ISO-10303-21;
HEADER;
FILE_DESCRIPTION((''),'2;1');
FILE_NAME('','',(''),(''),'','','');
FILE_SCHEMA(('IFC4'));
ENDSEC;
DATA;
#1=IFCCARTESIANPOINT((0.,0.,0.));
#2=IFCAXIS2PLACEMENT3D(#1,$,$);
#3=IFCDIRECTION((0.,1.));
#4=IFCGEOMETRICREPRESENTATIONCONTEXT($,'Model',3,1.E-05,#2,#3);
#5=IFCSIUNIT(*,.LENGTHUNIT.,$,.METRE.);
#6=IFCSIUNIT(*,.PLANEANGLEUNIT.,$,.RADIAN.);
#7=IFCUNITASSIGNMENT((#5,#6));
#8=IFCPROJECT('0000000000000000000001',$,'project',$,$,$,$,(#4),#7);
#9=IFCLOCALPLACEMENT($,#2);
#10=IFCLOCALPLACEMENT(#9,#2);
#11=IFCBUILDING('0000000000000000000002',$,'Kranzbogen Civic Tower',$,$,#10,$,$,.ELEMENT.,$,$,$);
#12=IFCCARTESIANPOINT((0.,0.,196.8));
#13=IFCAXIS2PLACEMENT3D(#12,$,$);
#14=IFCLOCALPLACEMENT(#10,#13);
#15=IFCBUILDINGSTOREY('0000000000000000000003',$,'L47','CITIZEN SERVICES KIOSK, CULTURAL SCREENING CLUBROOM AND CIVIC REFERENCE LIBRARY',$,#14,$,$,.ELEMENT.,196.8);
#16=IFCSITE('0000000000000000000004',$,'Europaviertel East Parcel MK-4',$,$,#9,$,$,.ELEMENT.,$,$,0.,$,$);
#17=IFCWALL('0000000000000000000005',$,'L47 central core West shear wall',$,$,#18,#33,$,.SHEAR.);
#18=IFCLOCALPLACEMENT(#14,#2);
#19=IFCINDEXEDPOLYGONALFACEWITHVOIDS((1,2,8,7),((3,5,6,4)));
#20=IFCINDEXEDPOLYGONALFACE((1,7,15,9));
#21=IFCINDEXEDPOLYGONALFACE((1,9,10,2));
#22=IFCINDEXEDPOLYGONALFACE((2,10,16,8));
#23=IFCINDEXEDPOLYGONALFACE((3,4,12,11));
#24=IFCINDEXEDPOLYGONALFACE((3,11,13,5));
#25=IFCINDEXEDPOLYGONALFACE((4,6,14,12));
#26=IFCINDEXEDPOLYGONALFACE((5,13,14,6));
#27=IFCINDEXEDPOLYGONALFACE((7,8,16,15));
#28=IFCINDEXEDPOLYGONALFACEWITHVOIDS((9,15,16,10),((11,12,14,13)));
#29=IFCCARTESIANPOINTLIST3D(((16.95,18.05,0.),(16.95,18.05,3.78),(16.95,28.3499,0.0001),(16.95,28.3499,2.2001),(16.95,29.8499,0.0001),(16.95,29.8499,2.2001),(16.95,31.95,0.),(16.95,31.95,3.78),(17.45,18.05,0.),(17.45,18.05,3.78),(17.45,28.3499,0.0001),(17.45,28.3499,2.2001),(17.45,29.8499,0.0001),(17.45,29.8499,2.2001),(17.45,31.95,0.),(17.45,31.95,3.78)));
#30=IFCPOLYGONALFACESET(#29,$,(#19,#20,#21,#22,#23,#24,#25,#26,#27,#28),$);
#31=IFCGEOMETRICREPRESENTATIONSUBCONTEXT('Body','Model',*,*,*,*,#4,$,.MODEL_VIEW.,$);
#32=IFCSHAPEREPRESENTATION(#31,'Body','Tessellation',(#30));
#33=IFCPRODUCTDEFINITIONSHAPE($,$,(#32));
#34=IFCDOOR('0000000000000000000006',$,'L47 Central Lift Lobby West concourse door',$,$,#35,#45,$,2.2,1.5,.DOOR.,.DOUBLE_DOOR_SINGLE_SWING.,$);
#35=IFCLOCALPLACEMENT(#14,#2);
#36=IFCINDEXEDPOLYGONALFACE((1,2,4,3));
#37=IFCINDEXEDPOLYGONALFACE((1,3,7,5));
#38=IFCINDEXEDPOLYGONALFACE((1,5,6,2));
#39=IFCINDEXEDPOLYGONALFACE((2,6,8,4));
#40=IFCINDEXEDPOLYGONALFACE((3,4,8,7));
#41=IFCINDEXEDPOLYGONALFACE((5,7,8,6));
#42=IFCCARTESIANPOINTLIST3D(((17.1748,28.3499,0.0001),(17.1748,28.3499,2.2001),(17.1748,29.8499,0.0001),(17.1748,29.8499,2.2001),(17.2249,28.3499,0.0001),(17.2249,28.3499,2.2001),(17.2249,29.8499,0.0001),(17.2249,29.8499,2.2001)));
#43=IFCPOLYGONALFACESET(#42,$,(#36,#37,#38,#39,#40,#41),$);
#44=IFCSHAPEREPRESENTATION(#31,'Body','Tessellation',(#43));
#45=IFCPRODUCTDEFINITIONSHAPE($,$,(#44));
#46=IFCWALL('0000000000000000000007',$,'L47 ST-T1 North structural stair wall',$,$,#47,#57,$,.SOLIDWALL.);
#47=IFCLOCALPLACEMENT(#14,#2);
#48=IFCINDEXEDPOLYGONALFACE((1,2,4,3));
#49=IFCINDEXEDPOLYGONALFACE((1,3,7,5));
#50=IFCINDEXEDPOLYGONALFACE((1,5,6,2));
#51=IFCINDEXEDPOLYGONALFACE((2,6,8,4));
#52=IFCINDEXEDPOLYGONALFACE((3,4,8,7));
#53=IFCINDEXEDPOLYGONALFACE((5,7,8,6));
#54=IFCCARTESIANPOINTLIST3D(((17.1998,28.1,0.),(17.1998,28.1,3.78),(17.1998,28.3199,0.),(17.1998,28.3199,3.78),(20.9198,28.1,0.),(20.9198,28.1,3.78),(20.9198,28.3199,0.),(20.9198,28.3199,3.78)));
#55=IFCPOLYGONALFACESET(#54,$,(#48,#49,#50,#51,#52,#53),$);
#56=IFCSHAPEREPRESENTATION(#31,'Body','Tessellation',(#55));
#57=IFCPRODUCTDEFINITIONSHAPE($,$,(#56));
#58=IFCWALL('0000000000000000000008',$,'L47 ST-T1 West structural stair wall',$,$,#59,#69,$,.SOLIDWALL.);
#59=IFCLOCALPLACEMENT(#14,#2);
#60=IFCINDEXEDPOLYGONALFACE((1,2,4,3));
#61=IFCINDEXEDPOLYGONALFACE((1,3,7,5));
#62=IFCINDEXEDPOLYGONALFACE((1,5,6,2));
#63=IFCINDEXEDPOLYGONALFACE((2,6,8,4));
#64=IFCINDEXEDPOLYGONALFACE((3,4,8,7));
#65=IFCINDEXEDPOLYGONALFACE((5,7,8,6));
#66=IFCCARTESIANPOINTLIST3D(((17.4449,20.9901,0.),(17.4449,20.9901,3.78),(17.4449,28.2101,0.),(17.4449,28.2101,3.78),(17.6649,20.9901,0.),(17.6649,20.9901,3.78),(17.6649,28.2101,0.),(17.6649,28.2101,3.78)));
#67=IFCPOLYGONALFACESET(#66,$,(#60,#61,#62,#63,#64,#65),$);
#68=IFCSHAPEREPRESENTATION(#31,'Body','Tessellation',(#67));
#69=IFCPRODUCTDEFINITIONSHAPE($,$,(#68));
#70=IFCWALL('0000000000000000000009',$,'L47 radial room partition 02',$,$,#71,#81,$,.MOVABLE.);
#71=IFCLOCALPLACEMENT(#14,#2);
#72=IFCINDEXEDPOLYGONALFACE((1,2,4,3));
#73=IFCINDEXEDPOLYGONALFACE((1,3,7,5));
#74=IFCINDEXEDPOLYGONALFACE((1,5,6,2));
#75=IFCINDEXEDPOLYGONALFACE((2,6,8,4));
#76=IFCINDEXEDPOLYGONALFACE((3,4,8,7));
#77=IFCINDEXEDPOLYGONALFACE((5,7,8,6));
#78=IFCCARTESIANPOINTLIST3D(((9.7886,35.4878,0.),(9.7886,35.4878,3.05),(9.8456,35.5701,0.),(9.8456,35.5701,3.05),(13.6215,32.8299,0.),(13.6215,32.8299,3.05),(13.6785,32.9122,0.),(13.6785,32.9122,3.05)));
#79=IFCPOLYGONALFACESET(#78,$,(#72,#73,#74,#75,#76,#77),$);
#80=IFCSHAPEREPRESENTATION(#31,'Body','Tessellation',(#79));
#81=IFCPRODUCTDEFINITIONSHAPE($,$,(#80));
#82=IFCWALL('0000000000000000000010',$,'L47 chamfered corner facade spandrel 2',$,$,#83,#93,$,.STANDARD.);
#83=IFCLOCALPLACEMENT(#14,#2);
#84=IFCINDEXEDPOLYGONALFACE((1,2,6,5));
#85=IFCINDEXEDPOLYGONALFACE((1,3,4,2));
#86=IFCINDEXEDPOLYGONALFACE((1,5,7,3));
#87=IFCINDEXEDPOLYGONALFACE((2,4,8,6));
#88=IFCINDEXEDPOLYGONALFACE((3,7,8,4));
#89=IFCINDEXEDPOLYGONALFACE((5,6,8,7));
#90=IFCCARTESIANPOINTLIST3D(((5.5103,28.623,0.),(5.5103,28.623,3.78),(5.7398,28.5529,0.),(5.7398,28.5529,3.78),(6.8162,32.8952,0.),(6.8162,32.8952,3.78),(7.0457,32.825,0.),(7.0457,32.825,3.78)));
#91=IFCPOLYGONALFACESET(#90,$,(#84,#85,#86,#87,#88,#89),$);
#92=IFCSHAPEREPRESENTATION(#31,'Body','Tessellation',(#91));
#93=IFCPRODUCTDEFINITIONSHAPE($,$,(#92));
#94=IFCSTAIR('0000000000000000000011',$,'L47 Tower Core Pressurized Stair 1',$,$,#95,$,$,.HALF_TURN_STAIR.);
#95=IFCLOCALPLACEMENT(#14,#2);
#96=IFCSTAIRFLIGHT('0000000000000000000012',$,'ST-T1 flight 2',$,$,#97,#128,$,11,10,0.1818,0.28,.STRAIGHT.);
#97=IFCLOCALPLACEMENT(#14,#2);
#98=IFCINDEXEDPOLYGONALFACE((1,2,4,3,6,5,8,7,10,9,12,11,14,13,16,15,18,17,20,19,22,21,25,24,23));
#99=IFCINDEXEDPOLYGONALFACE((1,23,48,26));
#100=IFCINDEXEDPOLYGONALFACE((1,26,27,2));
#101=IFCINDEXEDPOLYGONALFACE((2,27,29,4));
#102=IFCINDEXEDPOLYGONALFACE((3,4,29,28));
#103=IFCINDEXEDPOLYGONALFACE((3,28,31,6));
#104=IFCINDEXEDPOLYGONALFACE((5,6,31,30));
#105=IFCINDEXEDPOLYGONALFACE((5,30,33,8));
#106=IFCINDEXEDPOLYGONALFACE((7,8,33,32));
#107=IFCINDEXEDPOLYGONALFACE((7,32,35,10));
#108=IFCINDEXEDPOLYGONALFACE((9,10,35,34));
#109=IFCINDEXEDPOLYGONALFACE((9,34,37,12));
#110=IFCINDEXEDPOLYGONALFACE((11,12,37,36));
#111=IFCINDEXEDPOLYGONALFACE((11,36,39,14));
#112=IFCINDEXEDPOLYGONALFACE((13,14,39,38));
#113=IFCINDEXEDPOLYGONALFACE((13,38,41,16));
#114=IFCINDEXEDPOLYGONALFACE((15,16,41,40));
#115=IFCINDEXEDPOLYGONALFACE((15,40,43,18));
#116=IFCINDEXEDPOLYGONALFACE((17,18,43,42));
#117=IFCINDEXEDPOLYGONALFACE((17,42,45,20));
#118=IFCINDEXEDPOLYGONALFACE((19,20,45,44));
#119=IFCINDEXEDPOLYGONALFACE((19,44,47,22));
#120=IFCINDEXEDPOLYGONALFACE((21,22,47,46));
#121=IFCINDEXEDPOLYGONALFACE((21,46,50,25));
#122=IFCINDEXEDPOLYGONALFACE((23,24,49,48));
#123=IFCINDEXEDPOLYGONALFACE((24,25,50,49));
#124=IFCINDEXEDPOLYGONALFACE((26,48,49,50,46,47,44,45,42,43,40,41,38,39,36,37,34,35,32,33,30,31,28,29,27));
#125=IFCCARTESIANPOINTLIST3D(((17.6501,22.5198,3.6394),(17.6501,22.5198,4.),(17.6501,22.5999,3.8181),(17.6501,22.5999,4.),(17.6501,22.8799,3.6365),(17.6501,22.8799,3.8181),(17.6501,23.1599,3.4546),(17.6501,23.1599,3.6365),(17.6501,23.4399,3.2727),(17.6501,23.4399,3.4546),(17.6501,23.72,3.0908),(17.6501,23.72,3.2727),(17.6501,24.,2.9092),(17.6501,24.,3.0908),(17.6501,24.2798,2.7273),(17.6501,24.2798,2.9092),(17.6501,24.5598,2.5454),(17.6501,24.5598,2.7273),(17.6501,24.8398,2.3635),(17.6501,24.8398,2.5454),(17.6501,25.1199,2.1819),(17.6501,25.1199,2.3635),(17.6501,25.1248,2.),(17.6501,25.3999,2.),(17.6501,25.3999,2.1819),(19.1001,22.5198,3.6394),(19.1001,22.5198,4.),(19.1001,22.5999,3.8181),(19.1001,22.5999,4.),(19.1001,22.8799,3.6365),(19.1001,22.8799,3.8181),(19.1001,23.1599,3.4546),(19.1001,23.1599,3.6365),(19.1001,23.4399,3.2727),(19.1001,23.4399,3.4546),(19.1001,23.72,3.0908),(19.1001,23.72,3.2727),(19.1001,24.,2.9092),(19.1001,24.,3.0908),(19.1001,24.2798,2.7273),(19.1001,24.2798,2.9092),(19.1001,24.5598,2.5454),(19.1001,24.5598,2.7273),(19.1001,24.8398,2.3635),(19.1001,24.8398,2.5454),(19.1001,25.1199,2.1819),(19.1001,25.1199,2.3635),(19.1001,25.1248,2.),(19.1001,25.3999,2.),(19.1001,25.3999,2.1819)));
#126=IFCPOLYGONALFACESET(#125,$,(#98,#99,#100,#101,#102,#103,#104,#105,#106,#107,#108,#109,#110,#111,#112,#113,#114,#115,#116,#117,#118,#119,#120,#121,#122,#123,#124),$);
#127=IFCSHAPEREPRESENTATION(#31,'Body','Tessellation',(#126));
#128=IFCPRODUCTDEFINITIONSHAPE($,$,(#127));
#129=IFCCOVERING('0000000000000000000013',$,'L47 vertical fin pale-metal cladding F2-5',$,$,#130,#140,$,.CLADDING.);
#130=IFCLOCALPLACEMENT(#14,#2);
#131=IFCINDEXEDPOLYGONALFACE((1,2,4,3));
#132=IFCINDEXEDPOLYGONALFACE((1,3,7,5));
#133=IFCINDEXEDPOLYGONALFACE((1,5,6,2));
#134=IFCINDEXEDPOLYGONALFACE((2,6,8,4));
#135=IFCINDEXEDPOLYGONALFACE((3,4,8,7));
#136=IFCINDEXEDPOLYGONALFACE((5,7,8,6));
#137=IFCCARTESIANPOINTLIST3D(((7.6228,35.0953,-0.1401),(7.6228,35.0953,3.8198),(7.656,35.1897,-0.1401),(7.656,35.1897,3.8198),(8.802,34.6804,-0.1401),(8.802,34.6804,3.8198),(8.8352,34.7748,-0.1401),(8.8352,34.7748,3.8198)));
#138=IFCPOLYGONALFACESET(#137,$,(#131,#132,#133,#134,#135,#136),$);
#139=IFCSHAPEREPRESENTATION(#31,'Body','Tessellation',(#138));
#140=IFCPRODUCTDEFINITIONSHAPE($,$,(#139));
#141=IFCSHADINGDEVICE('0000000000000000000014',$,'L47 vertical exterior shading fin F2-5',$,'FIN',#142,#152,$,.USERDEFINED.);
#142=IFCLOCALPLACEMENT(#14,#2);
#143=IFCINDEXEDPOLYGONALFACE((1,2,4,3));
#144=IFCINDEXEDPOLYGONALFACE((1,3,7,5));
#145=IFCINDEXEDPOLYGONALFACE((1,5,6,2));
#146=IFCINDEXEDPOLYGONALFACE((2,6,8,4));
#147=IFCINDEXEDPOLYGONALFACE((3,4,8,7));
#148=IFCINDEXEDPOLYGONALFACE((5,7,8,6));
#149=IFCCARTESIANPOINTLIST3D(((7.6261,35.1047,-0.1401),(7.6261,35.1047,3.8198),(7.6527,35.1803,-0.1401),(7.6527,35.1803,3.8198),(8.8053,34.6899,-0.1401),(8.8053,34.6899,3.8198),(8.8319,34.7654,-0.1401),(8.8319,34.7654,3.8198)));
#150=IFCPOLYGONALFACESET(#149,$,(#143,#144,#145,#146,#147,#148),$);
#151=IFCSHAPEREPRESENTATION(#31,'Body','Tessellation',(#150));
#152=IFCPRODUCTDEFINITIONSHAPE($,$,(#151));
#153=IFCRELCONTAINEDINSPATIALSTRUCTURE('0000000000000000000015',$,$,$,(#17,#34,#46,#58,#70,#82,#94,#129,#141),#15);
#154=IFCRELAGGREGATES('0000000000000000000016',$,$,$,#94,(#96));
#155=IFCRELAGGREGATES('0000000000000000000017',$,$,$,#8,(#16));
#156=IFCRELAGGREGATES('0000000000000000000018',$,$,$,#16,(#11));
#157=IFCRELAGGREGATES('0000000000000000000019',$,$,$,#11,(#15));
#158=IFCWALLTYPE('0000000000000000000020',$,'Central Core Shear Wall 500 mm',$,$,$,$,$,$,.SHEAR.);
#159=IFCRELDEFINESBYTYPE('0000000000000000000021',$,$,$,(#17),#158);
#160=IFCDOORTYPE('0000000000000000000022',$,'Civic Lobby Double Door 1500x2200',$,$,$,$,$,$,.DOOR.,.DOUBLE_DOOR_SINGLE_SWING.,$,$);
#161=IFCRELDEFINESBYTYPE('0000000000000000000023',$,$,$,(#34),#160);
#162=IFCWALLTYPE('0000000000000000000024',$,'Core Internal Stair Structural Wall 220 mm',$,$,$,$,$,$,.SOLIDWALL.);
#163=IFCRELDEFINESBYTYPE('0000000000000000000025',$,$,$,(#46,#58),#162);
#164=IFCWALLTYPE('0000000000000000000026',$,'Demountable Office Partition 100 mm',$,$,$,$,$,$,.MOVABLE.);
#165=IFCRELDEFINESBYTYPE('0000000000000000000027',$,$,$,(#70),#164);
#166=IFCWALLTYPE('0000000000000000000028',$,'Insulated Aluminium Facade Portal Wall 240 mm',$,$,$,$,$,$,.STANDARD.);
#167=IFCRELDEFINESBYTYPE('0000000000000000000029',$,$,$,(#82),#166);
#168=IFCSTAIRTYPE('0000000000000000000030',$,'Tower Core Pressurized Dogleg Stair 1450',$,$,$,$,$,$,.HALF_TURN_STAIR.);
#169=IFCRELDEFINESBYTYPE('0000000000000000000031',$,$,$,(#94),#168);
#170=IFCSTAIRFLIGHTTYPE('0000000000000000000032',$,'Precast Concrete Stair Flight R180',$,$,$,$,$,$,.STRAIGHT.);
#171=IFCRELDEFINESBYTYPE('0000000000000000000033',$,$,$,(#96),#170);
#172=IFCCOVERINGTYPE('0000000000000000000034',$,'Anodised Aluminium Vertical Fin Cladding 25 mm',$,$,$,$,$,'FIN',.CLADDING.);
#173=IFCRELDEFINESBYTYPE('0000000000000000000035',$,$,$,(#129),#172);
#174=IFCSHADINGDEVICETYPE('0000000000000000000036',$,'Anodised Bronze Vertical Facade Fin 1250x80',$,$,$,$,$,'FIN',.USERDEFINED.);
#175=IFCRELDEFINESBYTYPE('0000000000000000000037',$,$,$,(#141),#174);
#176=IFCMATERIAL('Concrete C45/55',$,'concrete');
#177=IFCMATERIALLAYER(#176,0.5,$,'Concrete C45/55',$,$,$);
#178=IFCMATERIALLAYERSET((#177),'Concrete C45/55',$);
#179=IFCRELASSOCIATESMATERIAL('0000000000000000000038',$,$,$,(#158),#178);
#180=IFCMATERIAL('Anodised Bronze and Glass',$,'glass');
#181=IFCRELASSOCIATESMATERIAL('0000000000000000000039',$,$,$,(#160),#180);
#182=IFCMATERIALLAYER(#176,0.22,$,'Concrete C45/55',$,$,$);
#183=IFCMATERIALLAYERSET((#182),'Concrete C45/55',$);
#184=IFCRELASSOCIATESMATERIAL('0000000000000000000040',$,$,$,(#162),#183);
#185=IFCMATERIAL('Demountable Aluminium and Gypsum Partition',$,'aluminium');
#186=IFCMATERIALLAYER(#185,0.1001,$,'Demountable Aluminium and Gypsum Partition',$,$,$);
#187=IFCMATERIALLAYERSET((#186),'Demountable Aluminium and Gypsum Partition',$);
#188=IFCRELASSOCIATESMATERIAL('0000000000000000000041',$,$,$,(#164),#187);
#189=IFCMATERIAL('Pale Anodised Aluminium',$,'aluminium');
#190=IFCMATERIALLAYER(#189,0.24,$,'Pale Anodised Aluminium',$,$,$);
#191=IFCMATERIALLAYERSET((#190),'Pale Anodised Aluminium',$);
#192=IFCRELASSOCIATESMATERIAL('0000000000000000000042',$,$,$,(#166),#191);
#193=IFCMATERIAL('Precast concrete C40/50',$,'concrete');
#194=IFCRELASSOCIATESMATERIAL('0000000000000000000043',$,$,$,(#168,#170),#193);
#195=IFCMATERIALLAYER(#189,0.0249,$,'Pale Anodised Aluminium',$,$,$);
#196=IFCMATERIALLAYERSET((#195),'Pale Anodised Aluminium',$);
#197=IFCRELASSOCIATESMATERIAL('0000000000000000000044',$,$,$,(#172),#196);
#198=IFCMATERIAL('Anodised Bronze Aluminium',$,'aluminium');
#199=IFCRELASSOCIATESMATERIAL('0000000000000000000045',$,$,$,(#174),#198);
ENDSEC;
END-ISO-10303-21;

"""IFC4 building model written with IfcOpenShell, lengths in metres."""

from ifc_helpers import new_model, si_unit, direction, frame, frame_2d, origin, origin_2d, place, context, subcontext, project, spatial, polyline, rectangle, outline, extrude, material, layer, layer_set, type_object, element, fill, aggregate, save


model = new_model("IFC4")

# Units and contexts
model_context = context("Model", 3, precision=1e-05, world=origin(), true_north=direction((0.0, 1.0)))
body_context = subcontext(model_context, "Body", "Model", "MODEL_VIEW")
ifc_project = project(units=[si_unit("LENGTHUNIT", "METRE"), si_unit("PLANEANGLEUNIT", "RADIAN")], contexts=[model_context])

# Site, building, storey
site_placement = place(None, origin())
site = spatial("IfcSite", under=ifc_project, at=site_placement, Name="Europaviertel East Parcel MK-4", CompositionType="ELEMENT", RefElevation=0.0)
building_placement = place(site_placement, origin())
building = spatial("IfcBuilding", under=site, at=building_placement, Name="Kranzbogen Civic Tower", CompositionType="ELEMENT")
storey_placement = place(building_placement, frame((0.0, 0.0, 196.8)))
storey = spatial("IfcBuildingStorey", under=building, at=storey_placement, Name="L47", Description="CITIZEN SERVICES KIOSK, CULTURAL SCREENING CLUBROOM AND CIVIC REFERENCE LIBRARY", CompositionType="ELEMENT", Elevation=196.8)

# Shared definitions
ifc_material_1 = material(Name="Pale Anodised Aluminium", Category="aluminium")

# Wall, opening, door
ifc_material_2 = material(Name="Concrete C45/55", Category="concrete")
ifc_layer_1 = layer(ifc_material_2, 0.5, Name="Concrete C45/55")
ifc_layer_set_1 = layer_set([ifc_layer_1], Name="Concrete C45/55")
wall_type_1 = type_object("IfcWallType", Name="Central Core Shear Wall 500 mm", PredefinedType="SHEAR", material=ifc_layer_set_1)
wall_1_placement = place(storey_placement, frame((17.2, 31.95, 0.0), z_axis=(0.0, 0.0, 1.0), x_axis=(0.0, -1.0, 0.0)))
wall_1 = element("IfcWall", 1, at=wall_1_placement, inside=storey, type_object=wall_type_1, Name="L47 central core West shear wall", PredefinedType="SHEAR", context=body_context, shape_type="SweptSolid", body=[
    extrude(rectangle(XDim=13.8999, YDim=0.5, at=frame_2d((6.95, 0.0))), origin(), (0.0, 0.0, 1.0), 3.78),
])
opening_placement = place(wall_1_placement, frame((2.1001, 0.0, 0.0)))
opening = element("IfcOpeningElement", 2, at=opening_placement, cuts=wall_1, PredefinedType="OPENING", context=body_context, shape_type="SweptSolid", body=[
    extrude(rectangle(XDim=1.5, YDim=2.2, at=frame_2d((0.75, 1.1001))), frame((0.0, 0.26, 0.0), z_axis=(0.0, -1.0, 0.0), x_axis=(1.0, 0.0, 0.0)), (0.0, 0.0, 1.0), 0.52),
])
ifc_material_3 = material(Name="Anodised Bronze and Glass", Category="glass")
door_type = type_object("IfcDoorType", Name="Civic Lobby Double Door 1500x2200", OperationType="DOUBLE_DOOR_SINGLE_SWING", PredefinedType="DOOR", material=ifc_material_3)
door_placement = place(opening_placement, origin())
door = element("IfcDoor", 3, at=door_placement, inside=storey, type_object=door_type, Name="L47 Central Lift Lobby West concourse door", OperationType="DOUBLE_DOOR_SINGLE_SWING", OverallHeight=2.2, OverallWidth=1.5, PredefinedType="DOOR", context=body_context, shape_type="SweptSolid", body=[
    extrude(rectangle(XDim=1.5, YDim=2.2, at=frame_2d((0.75, 1.1001))), frame((0.0, 0.0249, 0.0), z_axis=(0.0, -1.0, 0.0), x_axis=(1.0, 0.0, 0.0)), (0.0, 0.0, 1.0), 0.05),
])
fill(opening, door)

# Walls
ifc_layer_2 = layer(ifc_material_2, 0.22, Name="Concrete C45/55")
ifc_layer_set_2 = layer_set([ifc_layer_2], Name="Concrete C45/55")
wall_type_2 = type_object("IfcWallType", Name="Core Internal Stair Structural Wall 220 mm", PredefinedType="SOLIDWALL", material=ifc_layer_set_2)
wall_2_placement = place(storey_placement, frame((17.2, 28.21, 0.0), z_axis=(0.0, 0.0, 1.0), x_axis=(1.0, 0.0, 0.0)))
element("IfcWall", 4, at=wall_2_placement, inside=storey, type_object=wall_type_2, Name="L47 ST-T1 North structural stair wall", PredefinedType="SOLIDWALL", context=body_context, shape_type="SweptSolid", body=[
    extrude(rectangle(XDim=3.72, YDim=0.22, at=frame_2d((1.8599, 0.0))), origin(), (0.0, 0.0, 1.0), 3.78),
])
wall_3_placement = place(storey_placement, frame((17.5549, 28.21, 0.0), z_axis=(0.0, 0.0, 1.0), x_axis=(0.0, -1.0, 0.0)))
element("IfcWall", 5, at=wall_3_placement, inside=storey, type_object=wall_type_2, Name="L47 ST-T1 West structural stair wall", PredefinedType="SOLIDWALL", context=body_context, shape_type="SweptSolid", body=[
    extrude(rectangle(XDim=7.22, YDim=0.22, at=frame_2d((3.6099, 0.0))), origin(), (0.0, 0.0, 1.0), 3.78),
])
ifc_material_4 = material(Name="Demountable Aluminium and Gypsum Partition", Category="aluminium")
ifc_layer_3 = layer(ifc_material_4, 0.1001, Name="Demountable Aluminium and Gypsum Partition")
ifc_layer_set_3 = layer_set([ifc_layer_3], Name="Demountable Aluminium and Gypsum Partition")
wall_type_3 = type_object("IfcWallType", Name="Demountable Office Partition 100 mm", PredefinedType="MOVABLE", material=ifc_layer_set_3)
wall_4_placement = place(storey_placement, frame((13.6499, 32.8711, 0.0), z_axis=(0.0, 0.0, 1.0), x_axis=(-0.821757, 0.569839, 0.0)))
element("IfcWall", 6, at=wall_4_placement, inside=storey, type_object=wall_type_3, Name="L47 radial room partition 02", PredefinedType="MOVABLE", context=body_context, shape_type="SweptSolid", body=[
    extrude(rectangle(XDim=4.6643, YDim=0.1001, at=frame_2d((2.332, 0.0))), origin(), (0.0, 0.0, 1.0), 3.05),
])
ifc_layer_4 = layer(ifc_material_1, 0.24, Name="Pale Anodised Aluminium")
ifc_layer_set_4 = layer_set([ifc_layer_4], Name="Pale Anodised Aluminium")
wall_type_4 = type_object("IfcWallType", Name="Insulated Aluminium Facade Portal Wall 240 mm", PredefinedType="STANDARD", material=ifc_layer_set_4)
wall_5_placement = place(storey_placement, frame((6.9309, 32.8601, 0.0), z_axis=(0.0, 0.0, 1.0), x_axis=(-0.292323, -0.95632, 0.0)))
element("IfcWall", 7, at=wall_5_placement, inside=storey, type_object=wall_type_4, Name="L47 chamfered corner facade spandrel 2", PredefinedType="STANDARD", context=body_context, shape_type="SweptSolid", body=[
    extrude(rectangle(XDim=4.4673, YDim=0.24, at=frame_2d((2.2336, 0.0))), origin(), (0.0, 0.0, 1.0), 3.78),
])

# Stair, stair flight
ifc_material_5 = material(Name="Precast concrete C40/50", Category="concrete")
stair_type = type_object("IfcStairType", Name="Tower Core Pressurized Dogleg Stair 1450", PredefinedType="HALF_TURN_STAIR", material=ifc_material_5)
stair_placement = place(storey_placement, origin())
stair = element("IfcStair", 8, at=stair_placement, inside=storey, type_object=stair_type, Name="L47 Tower Core Pressurized Stair 1", PredefinedType="HALF_TURN_STAIR")
stair_flight_type = type_object("IfcStairFlightType", Name="Precast Concrete Stair Flight R180", PredefinedType="STRAIGHT", material=ifc_material_5)
stair_flight_placement = place(storey_placement, frame((18.375, 25.3999, 2.0), z_axis=(0.0, 0.0, 1.0), x_axis=(0.0, -1.0, 0.0)))
stair_flight = element("IfcStairFlight", 9, at=stair_flight_placement, type_object=stair_flight_type, Name="ST-T1 flight 2", NumberOfRisers=11, NumberOfTreads=10, PredefinedType="STRAIGHT", RiserHeight=0.1818, TreadLength=0.28, context=body_context, shape_type="SweptSolid", body=[
    extrude(outline(polyline([(0.0, 0.0), (0.0, 0.1819), (0.28, 0.1819), (0.28, 0.3635), (0.5601, 0.3635), (0.5601, 0.5454), (0.8401, 0.5454), (0.8401, 0.7273), (1.1201, 0.7273), (1.1201, 0.9092), (1.3999, 0.9092), (1.3999, 1.0908), (1.6799, 1.0908), (1.6799, 1.2727), (1.96, 1.2727), (1.96, 1.4546), (2.24, 1.4546), (2.24, 1.6365), (2.52, 1.6365), (2.52, 1.8181), (2.8, 1.8181), (2.8, 2.0), (2.8801, 2.0), (2.8801, 1.6394), (0.2751, 0.0), (0.0, 0.0)])), frame((0.0, 0.7251, 0.0), z_axis=(0.0, -1.0, 0.0), x_axis=(1.0, 0.0, 0.0)), (0.0, 0.0, 1.0), 1.45),
])
aggregate(stair, [stair_flight])

# Covering
ifc_layer_5 = layer(ifc_material_1, 0.0249, Name="Pale Anodised Aluminium")
ifc_layer_set_5 = layer_set([ifc_layer_5], Name="Pale Anodised Aluminium")
covering_type = type_object("IfcCoveringType", Name="Anodised Aluminium Vertical Fin Cladding 25 mm", ElementType="FIN", PredefinedType="CLADDING", material=ifc_layer_set_5)
covering_placement = place(storey_placement, frame((8.229, 34.9351, -0.1401), z_axis=(0.0, 0.0, 1.0), x_axis=(-0.943315, 0.331898, 0.0)))
element("IfcCovering", 10, at=covering_placement, inside=storey, type_object=covering_type, Name="L47 vertical fin pale-metal cladding F2-5", PredefinedType="CLADDING", context=body_context, shape_type="SweptSolid", body=[
    extrude(rectangle(XDim=1.25, YDim=0.1001, at=origin_2d()), origin(), (0.0, 0.0, 1.0), 3.96),
])

# Shading device
ifc_material_6 = material(Name="Anodised Bronze Aluminium", Category="aluminium")
shading_device_type = type_object("IfcShadingDeviceType", Name="Anodised Bronze Vertical Facade Fin 1250x80", ElementType="FIN", PredefinedType="USERDEFINED", material=ifc_material_6)
shading_device_placement = place(storey_placement, frame((8.229, 34.9351, -0.1401), z_axis=(0.0, 0.0, 1.0), x_axis=(-0.943315, 0.331898, 0.0)))
element("IfcShadingDevice", 11, at=shading_device_placement, inside=storey, type_object=shading_device_type, Name="L47 vertical exterior shading fin F2-5", ObjectType="FIN", PredefinedType="USERDEFINED", context=body_context, shape_type="SweptSolid", body=[
    extrude(rectangle(XDim=1.25, YDim=0.0801, at=origin_2d()), origin(), (0.0, 0.0, 1.0), 3.96),
])

save(model, "model.ifc")
